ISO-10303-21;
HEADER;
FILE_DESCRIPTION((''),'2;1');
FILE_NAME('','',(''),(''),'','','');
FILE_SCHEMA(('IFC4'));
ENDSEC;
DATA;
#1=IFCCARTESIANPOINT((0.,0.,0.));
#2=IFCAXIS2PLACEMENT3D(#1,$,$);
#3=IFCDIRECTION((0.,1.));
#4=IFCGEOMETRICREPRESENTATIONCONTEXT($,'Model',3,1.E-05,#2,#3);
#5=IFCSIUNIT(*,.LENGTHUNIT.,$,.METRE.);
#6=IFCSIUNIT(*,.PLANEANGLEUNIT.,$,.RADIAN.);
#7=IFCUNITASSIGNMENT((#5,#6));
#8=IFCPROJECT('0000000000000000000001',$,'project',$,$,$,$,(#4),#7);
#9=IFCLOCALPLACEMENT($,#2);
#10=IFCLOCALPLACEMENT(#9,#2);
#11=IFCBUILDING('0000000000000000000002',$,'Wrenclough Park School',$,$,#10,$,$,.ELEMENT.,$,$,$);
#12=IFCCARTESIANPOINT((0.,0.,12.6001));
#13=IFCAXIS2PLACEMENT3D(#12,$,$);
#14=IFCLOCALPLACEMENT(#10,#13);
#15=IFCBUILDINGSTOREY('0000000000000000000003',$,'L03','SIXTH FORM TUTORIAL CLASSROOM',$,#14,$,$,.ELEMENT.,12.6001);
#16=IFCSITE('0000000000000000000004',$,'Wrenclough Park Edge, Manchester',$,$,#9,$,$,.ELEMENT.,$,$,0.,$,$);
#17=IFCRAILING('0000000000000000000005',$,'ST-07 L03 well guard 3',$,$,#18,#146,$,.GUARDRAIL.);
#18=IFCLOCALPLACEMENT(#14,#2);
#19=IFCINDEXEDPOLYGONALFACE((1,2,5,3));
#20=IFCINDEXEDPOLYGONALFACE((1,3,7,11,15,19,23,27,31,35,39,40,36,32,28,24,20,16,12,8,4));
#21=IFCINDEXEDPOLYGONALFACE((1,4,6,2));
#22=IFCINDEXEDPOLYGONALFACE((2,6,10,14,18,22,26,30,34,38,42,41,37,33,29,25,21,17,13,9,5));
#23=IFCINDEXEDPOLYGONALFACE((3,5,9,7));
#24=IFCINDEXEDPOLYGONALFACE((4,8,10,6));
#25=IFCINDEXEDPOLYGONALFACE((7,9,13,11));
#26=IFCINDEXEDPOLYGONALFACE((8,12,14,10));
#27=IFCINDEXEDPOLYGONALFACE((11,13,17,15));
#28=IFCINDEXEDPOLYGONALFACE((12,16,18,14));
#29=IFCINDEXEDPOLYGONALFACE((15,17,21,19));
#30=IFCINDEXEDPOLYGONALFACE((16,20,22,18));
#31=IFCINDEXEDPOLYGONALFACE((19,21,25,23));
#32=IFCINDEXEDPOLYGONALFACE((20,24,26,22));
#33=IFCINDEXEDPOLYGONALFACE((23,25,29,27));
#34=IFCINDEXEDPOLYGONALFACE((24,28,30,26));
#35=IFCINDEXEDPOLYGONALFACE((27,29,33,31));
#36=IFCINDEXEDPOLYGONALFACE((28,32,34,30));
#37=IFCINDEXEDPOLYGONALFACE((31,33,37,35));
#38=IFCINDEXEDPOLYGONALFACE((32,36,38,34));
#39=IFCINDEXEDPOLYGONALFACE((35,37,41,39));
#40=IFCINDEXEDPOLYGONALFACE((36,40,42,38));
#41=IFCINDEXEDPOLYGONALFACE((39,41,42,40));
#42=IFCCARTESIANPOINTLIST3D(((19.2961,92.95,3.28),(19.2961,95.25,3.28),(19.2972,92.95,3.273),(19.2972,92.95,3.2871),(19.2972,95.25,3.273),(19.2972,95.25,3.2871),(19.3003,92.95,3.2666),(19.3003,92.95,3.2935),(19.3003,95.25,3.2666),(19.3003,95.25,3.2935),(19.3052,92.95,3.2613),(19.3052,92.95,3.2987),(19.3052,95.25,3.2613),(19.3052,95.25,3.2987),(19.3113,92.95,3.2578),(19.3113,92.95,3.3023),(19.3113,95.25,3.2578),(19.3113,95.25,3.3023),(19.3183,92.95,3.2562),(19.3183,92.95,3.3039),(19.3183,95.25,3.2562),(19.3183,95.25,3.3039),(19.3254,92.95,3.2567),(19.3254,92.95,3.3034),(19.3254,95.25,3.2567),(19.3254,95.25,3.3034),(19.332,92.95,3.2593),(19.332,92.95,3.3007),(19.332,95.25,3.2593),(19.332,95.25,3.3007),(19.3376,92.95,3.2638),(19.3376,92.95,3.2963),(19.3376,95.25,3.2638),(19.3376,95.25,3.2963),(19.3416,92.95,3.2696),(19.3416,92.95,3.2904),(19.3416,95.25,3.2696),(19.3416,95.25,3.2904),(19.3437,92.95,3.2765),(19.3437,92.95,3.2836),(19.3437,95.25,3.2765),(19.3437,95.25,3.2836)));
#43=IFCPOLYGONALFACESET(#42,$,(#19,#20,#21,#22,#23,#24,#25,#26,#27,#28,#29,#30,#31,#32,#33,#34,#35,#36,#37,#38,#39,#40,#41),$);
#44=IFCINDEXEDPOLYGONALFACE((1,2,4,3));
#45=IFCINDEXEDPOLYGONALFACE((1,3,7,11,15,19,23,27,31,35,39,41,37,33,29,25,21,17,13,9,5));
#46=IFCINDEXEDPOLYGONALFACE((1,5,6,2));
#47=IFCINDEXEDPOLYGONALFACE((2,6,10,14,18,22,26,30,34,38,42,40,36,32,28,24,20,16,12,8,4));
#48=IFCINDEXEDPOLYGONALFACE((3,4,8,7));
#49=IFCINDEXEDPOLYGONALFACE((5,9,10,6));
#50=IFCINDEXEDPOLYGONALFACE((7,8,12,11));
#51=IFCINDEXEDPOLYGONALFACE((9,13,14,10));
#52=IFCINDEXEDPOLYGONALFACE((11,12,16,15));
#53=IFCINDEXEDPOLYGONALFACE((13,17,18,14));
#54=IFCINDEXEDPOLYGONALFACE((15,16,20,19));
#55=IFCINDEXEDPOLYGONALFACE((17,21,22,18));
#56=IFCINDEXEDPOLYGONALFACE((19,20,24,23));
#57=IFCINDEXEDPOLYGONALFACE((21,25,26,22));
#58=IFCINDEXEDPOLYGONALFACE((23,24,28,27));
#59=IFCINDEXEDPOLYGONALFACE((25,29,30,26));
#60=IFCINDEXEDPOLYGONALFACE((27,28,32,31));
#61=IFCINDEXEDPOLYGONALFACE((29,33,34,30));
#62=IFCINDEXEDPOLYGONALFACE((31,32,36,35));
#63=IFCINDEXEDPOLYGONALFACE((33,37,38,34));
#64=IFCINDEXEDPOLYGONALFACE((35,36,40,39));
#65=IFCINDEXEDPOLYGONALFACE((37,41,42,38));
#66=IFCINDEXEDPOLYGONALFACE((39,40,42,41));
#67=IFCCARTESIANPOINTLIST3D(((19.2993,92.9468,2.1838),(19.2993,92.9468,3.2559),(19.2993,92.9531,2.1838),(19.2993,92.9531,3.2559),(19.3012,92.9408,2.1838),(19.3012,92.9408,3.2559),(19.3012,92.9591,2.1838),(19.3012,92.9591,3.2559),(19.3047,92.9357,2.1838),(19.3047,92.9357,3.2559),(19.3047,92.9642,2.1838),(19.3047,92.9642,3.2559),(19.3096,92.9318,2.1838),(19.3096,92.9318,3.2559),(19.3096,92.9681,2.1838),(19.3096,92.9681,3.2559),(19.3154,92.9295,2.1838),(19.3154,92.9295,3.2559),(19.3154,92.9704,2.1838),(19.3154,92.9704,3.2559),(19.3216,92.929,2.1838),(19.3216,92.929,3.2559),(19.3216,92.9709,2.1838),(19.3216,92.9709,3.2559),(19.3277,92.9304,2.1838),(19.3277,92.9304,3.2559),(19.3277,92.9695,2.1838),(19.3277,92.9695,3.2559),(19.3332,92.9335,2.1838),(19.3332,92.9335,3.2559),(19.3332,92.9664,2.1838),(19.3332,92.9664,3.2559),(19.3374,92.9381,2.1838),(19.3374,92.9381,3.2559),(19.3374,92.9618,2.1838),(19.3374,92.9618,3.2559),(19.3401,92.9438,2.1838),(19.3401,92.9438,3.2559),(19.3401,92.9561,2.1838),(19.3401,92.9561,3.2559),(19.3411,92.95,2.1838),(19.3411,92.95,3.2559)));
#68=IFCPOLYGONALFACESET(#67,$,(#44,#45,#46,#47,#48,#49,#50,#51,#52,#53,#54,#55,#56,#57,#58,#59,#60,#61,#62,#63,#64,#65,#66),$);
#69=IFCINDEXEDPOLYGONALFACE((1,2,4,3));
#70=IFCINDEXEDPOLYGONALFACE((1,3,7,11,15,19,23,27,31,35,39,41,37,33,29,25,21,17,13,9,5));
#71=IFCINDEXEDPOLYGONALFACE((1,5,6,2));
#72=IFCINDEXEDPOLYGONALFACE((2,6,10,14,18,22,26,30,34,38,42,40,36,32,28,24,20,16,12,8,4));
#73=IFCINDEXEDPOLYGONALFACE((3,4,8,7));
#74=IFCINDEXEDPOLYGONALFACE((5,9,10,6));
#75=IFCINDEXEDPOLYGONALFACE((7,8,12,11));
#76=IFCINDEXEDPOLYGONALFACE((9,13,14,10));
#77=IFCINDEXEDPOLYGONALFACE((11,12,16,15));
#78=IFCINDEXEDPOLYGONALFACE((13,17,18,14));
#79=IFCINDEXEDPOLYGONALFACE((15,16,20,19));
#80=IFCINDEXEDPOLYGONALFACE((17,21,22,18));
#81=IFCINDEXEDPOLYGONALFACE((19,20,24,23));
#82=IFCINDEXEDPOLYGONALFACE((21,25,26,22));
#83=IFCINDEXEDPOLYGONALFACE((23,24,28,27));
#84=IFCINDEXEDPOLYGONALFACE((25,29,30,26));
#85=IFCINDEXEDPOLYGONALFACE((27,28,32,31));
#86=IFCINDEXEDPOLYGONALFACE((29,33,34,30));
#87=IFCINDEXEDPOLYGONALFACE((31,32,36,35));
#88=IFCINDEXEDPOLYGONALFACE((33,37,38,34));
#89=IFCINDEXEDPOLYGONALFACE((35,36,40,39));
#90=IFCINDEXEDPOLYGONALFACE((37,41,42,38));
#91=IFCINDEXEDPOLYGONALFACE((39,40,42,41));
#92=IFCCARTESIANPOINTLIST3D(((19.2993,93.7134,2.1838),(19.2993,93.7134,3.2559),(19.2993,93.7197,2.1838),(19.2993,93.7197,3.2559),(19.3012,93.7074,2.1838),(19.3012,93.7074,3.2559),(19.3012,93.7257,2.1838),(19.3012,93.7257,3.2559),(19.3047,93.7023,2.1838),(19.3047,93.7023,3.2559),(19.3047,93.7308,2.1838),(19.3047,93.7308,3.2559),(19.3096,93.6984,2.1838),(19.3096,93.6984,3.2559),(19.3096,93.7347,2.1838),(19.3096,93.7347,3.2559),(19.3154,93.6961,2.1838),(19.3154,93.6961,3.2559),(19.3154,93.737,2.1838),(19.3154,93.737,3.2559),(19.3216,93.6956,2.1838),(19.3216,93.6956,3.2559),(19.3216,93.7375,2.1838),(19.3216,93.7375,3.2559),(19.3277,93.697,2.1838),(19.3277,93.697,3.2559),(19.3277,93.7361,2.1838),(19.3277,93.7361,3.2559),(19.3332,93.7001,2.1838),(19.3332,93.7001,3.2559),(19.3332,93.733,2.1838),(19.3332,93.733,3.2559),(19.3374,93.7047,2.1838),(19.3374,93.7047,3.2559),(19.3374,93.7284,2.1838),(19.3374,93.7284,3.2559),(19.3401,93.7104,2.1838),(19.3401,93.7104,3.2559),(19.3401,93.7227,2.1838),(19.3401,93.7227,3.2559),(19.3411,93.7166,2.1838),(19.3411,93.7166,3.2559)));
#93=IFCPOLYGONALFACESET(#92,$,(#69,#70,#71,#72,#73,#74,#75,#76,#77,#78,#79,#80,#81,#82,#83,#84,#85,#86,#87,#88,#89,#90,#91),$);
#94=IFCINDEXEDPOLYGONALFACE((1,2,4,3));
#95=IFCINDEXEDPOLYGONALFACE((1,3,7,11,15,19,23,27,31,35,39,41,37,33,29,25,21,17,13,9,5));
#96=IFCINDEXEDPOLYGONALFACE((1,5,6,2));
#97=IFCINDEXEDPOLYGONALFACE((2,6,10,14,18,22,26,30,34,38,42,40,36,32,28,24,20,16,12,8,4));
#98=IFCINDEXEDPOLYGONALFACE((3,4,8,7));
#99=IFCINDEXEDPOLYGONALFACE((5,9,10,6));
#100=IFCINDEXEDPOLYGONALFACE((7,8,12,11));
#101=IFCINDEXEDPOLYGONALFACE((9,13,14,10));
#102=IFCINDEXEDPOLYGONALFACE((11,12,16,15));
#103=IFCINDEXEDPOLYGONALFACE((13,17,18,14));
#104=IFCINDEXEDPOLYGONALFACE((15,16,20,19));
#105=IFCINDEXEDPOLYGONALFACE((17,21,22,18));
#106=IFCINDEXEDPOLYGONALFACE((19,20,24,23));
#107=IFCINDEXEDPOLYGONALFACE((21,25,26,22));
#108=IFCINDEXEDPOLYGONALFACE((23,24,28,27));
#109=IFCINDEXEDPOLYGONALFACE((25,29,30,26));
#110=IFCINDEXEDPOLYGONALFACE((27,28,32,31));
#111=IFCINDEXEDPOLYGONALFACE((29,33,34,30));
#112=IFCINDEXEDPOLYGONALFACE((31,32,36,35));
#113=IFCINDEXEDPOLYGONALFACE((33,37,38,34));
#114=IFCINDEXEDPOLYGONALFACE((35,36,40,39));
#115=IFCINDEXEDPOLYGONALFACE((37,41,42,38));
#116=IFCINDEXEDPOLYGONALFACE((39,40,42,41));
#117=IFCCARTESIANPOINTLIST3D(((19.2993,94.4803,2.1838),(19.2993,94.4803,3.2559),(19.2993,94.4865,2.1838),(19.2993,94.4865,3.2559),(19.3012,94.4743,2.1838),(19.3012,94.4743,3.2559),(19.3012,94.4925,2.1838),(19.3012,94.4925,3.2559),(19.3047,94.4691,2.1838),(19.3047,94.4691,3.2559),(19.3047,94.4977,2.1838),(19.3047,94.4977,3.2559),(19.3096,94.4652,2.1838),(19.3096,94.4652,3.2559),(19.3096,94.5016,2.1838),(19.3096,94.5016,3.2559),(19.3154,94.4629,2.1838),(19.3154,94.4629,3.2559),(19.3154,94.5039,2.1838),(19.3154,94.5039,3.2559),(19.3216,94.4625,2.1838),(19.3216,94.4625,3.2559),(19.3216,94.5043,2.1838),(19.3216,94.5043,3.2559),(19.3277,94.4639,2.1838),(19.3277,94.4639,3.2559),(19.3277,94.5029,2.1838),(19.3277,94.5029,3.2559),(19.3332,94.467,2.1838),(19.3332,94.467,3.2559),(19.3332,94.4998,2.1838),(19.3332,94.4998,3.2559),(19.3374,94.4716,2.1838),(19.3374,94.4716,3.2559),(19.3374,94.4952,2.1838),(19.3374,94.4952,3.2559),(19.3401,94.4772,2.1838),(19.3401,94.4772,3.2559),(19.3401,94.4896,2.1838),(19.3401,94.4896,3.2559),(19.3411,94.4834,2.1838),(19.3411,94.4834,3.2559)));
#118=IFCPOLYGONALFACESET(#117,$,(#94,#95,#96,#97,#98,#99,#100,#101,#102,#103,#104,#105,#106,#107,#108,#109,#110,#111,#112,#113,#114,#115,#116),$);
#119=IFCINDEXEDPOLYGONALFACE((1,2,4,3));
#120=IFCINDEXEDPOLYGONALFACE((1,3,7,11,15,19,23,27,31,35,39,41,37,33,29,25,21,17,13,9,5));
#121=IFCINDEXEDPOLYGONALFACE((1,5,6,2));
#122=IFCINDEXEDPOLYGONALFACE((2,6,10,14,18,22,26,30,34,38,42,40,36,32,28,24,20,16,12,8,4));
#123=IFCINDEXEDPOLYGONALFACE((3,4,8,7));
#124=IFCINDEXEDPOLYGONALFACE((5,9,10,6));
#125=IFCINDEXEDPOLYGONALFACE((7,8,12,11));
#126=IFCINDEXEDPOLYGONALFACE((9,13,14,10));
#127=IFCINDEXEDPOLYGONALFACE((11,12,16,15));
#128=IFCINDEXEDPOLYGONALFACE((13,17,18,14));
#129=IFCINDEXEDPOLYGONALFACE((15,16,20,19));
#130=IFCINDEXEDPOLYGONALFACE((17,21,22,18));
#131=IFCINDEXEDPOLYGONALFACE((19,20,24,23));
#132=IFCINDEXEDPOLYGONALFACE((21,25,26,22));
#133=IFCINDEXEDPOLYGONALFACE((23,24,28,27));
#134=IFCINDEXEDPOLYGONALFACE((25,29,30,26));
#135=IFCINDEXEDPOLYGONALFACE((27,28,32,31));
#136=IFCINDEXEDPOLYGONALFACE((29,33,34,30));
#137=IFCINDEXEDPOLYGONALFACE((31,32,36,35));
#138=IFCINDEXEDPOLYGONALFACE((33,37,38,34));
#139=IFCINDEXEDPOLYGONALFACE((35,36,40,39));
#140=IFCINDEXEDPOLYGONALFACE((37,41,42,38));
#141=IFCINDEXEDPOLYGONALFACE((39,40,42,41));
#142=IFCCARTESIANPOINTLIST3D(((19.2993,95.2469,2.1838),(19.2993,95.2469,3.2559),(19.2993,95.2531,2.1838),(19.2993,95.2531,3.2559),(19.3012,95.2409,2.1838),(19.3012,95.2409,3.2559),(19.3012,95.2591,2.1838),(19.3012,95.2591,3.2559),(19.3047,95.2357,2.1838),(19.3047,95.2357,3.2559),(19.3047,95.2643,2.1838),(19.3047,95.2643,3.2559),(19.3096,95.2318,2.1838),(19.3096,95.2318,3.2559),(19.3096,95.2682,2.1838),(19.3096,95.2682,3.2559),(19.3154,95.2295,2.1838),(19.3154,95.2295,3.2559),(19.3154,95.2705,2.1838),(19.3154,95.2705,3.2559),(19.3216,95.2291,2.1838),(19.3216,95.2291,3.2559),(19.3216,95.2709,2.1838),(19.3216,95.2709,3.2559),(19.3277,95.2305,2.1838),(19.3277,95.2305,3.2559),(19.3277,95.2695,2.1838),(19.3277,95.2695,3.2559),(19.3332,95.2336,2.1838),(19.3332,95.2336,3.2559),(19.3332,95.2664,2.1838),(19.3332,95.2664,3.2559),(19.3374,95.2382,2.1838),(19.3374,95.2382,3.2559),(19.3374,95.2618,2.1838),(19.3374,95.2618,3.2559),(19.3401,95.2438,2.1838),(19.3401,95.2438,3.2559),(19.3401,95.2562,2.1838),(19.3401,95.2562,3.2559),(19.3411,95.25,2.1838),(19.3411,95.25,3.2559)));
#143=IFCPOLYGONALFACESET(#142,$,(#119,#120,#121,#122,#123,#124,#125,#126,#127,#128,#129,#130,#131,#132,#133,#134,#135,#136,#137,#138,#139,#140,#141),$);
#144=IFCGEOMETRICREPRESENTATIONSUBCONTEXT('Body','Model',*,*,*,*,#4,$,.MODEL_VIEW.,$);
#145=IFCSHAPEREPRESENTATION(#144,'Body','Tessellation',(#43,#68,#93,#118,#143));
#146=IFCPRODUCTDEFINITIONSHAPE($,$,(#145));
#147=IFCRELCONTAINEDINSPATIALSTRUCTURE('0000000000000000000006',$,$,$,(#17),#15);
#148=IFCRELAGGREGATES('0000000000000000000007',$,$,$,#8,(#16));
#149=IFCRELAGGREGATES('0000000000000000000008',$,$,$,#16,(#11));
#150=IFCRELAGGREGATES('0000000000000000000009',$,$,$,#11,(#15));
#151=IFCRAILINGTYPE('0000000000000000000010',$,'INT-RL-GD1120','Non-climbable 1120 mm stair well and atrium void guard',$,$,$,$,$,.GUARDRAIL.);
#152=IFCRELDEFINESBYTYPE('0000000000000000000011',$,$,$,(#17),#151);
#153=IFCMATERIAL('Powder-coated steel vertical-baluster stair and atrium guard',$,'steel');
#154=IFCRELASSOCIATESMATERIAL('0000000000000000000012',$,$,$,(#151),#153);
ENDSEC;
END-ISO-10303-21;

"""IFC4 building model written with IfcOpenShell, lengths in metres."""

from ifc_helpers import new_model, si_unit, direction, frame, origin, origin_2d, place, context, subcontext, project, spatial, circle, extrude, material, type_object, element, save


model = new_model("IFC4")

# Units and contexts
model_context = context("Model", 3, precision=1e-05, world=origin(), true_north=direction((0.0, 1.0)))
body_context = subcontext(model_context, "Body", "Model", "MODEL_VIEW")
ifc_project = project(units=[si_unit("LENGTHUNIT", "METRE"), si_unit("PLANEANGLEUNIT", "RADIAN")], contexts=[model_context])

# Site, building, storey
site_placement = place(None, origin())
site = spatial("IfcSite", under=ifc_project, at=site_placement, Name="Wrenclough Park Edge, Manchester", CompositionType="ELEMENT", RefElevation=0.0)
building_placement = place(site_placement, origin())
building = spatial("IfcBuilding", under=site, at=building_placement, Name="Wrenclough Park School", CompositionType="ELEMENT")
storey_placement = place(building_placement, frame((0.0, 0.0, 12.6001)))
storey = spatial("IfcBuildingStorey", under=building, at=storey_placement, Name="L03", Description="SIXTH FORM TUTORIAL CLASSROOM", CompositionType="ELEMENT", Elevation=12.6001)

# Railing
ifc_material_1 = material(Name="Powder-coated steel vertical-baluster stair and atrium guard", Category="steel")
railing_type_1 = type_object("IfcRailingType", Name="INT-RL-GD1120", Description="Non-climbable 1120 mm stair well and atrium void guard", PredefinedType="GUARDRAIL", material=ifc_material_1)
railing_1_placement = place(storey_placement, frame((19.3201, 92.95, 2.1838)))
element("IfcRailing", 1, at=railing_1_placement, inside=storey, type_object=railing_type_1, Name="ST-07 L03 well guard 3", PredefinedType="GUARDRAIL", context=body_context, shape_type="SweptSolid", body=[
    extrude(circle(Radius=0.0239, at=origin_2d()), frame((0.0, 0.0, 1.0962), z_axis=(0.0, 1.0, 0.0), x_axis=(-1.0, 0.0, 0.0)), (0.0, 0.0, 1.0), 2.3),
    extrude(circle(Radius=0.021, at=origin_2d()), origin(), (0.0, 0.0, 1.0), 1.072),
    extrude(circle(Radius=0.021, at=origin_2d()), frame((0.0, 0.7666, 0.0)), (0.0, 0.0, 1.0), 1.072),
    extrude(circle(Radius=0.021, at=origin_2d()), frame((0.0, 1.5334, 0.0)), (0.0, 0.0, 1.0), 1.072),
    extrude(circle(Radius=0.021, at=origin_2d()), frame((0.0, 2.3, 0.0)), (0.0, 0.0, 1.0), 1.072),
])

save(model, "model.ifc")
